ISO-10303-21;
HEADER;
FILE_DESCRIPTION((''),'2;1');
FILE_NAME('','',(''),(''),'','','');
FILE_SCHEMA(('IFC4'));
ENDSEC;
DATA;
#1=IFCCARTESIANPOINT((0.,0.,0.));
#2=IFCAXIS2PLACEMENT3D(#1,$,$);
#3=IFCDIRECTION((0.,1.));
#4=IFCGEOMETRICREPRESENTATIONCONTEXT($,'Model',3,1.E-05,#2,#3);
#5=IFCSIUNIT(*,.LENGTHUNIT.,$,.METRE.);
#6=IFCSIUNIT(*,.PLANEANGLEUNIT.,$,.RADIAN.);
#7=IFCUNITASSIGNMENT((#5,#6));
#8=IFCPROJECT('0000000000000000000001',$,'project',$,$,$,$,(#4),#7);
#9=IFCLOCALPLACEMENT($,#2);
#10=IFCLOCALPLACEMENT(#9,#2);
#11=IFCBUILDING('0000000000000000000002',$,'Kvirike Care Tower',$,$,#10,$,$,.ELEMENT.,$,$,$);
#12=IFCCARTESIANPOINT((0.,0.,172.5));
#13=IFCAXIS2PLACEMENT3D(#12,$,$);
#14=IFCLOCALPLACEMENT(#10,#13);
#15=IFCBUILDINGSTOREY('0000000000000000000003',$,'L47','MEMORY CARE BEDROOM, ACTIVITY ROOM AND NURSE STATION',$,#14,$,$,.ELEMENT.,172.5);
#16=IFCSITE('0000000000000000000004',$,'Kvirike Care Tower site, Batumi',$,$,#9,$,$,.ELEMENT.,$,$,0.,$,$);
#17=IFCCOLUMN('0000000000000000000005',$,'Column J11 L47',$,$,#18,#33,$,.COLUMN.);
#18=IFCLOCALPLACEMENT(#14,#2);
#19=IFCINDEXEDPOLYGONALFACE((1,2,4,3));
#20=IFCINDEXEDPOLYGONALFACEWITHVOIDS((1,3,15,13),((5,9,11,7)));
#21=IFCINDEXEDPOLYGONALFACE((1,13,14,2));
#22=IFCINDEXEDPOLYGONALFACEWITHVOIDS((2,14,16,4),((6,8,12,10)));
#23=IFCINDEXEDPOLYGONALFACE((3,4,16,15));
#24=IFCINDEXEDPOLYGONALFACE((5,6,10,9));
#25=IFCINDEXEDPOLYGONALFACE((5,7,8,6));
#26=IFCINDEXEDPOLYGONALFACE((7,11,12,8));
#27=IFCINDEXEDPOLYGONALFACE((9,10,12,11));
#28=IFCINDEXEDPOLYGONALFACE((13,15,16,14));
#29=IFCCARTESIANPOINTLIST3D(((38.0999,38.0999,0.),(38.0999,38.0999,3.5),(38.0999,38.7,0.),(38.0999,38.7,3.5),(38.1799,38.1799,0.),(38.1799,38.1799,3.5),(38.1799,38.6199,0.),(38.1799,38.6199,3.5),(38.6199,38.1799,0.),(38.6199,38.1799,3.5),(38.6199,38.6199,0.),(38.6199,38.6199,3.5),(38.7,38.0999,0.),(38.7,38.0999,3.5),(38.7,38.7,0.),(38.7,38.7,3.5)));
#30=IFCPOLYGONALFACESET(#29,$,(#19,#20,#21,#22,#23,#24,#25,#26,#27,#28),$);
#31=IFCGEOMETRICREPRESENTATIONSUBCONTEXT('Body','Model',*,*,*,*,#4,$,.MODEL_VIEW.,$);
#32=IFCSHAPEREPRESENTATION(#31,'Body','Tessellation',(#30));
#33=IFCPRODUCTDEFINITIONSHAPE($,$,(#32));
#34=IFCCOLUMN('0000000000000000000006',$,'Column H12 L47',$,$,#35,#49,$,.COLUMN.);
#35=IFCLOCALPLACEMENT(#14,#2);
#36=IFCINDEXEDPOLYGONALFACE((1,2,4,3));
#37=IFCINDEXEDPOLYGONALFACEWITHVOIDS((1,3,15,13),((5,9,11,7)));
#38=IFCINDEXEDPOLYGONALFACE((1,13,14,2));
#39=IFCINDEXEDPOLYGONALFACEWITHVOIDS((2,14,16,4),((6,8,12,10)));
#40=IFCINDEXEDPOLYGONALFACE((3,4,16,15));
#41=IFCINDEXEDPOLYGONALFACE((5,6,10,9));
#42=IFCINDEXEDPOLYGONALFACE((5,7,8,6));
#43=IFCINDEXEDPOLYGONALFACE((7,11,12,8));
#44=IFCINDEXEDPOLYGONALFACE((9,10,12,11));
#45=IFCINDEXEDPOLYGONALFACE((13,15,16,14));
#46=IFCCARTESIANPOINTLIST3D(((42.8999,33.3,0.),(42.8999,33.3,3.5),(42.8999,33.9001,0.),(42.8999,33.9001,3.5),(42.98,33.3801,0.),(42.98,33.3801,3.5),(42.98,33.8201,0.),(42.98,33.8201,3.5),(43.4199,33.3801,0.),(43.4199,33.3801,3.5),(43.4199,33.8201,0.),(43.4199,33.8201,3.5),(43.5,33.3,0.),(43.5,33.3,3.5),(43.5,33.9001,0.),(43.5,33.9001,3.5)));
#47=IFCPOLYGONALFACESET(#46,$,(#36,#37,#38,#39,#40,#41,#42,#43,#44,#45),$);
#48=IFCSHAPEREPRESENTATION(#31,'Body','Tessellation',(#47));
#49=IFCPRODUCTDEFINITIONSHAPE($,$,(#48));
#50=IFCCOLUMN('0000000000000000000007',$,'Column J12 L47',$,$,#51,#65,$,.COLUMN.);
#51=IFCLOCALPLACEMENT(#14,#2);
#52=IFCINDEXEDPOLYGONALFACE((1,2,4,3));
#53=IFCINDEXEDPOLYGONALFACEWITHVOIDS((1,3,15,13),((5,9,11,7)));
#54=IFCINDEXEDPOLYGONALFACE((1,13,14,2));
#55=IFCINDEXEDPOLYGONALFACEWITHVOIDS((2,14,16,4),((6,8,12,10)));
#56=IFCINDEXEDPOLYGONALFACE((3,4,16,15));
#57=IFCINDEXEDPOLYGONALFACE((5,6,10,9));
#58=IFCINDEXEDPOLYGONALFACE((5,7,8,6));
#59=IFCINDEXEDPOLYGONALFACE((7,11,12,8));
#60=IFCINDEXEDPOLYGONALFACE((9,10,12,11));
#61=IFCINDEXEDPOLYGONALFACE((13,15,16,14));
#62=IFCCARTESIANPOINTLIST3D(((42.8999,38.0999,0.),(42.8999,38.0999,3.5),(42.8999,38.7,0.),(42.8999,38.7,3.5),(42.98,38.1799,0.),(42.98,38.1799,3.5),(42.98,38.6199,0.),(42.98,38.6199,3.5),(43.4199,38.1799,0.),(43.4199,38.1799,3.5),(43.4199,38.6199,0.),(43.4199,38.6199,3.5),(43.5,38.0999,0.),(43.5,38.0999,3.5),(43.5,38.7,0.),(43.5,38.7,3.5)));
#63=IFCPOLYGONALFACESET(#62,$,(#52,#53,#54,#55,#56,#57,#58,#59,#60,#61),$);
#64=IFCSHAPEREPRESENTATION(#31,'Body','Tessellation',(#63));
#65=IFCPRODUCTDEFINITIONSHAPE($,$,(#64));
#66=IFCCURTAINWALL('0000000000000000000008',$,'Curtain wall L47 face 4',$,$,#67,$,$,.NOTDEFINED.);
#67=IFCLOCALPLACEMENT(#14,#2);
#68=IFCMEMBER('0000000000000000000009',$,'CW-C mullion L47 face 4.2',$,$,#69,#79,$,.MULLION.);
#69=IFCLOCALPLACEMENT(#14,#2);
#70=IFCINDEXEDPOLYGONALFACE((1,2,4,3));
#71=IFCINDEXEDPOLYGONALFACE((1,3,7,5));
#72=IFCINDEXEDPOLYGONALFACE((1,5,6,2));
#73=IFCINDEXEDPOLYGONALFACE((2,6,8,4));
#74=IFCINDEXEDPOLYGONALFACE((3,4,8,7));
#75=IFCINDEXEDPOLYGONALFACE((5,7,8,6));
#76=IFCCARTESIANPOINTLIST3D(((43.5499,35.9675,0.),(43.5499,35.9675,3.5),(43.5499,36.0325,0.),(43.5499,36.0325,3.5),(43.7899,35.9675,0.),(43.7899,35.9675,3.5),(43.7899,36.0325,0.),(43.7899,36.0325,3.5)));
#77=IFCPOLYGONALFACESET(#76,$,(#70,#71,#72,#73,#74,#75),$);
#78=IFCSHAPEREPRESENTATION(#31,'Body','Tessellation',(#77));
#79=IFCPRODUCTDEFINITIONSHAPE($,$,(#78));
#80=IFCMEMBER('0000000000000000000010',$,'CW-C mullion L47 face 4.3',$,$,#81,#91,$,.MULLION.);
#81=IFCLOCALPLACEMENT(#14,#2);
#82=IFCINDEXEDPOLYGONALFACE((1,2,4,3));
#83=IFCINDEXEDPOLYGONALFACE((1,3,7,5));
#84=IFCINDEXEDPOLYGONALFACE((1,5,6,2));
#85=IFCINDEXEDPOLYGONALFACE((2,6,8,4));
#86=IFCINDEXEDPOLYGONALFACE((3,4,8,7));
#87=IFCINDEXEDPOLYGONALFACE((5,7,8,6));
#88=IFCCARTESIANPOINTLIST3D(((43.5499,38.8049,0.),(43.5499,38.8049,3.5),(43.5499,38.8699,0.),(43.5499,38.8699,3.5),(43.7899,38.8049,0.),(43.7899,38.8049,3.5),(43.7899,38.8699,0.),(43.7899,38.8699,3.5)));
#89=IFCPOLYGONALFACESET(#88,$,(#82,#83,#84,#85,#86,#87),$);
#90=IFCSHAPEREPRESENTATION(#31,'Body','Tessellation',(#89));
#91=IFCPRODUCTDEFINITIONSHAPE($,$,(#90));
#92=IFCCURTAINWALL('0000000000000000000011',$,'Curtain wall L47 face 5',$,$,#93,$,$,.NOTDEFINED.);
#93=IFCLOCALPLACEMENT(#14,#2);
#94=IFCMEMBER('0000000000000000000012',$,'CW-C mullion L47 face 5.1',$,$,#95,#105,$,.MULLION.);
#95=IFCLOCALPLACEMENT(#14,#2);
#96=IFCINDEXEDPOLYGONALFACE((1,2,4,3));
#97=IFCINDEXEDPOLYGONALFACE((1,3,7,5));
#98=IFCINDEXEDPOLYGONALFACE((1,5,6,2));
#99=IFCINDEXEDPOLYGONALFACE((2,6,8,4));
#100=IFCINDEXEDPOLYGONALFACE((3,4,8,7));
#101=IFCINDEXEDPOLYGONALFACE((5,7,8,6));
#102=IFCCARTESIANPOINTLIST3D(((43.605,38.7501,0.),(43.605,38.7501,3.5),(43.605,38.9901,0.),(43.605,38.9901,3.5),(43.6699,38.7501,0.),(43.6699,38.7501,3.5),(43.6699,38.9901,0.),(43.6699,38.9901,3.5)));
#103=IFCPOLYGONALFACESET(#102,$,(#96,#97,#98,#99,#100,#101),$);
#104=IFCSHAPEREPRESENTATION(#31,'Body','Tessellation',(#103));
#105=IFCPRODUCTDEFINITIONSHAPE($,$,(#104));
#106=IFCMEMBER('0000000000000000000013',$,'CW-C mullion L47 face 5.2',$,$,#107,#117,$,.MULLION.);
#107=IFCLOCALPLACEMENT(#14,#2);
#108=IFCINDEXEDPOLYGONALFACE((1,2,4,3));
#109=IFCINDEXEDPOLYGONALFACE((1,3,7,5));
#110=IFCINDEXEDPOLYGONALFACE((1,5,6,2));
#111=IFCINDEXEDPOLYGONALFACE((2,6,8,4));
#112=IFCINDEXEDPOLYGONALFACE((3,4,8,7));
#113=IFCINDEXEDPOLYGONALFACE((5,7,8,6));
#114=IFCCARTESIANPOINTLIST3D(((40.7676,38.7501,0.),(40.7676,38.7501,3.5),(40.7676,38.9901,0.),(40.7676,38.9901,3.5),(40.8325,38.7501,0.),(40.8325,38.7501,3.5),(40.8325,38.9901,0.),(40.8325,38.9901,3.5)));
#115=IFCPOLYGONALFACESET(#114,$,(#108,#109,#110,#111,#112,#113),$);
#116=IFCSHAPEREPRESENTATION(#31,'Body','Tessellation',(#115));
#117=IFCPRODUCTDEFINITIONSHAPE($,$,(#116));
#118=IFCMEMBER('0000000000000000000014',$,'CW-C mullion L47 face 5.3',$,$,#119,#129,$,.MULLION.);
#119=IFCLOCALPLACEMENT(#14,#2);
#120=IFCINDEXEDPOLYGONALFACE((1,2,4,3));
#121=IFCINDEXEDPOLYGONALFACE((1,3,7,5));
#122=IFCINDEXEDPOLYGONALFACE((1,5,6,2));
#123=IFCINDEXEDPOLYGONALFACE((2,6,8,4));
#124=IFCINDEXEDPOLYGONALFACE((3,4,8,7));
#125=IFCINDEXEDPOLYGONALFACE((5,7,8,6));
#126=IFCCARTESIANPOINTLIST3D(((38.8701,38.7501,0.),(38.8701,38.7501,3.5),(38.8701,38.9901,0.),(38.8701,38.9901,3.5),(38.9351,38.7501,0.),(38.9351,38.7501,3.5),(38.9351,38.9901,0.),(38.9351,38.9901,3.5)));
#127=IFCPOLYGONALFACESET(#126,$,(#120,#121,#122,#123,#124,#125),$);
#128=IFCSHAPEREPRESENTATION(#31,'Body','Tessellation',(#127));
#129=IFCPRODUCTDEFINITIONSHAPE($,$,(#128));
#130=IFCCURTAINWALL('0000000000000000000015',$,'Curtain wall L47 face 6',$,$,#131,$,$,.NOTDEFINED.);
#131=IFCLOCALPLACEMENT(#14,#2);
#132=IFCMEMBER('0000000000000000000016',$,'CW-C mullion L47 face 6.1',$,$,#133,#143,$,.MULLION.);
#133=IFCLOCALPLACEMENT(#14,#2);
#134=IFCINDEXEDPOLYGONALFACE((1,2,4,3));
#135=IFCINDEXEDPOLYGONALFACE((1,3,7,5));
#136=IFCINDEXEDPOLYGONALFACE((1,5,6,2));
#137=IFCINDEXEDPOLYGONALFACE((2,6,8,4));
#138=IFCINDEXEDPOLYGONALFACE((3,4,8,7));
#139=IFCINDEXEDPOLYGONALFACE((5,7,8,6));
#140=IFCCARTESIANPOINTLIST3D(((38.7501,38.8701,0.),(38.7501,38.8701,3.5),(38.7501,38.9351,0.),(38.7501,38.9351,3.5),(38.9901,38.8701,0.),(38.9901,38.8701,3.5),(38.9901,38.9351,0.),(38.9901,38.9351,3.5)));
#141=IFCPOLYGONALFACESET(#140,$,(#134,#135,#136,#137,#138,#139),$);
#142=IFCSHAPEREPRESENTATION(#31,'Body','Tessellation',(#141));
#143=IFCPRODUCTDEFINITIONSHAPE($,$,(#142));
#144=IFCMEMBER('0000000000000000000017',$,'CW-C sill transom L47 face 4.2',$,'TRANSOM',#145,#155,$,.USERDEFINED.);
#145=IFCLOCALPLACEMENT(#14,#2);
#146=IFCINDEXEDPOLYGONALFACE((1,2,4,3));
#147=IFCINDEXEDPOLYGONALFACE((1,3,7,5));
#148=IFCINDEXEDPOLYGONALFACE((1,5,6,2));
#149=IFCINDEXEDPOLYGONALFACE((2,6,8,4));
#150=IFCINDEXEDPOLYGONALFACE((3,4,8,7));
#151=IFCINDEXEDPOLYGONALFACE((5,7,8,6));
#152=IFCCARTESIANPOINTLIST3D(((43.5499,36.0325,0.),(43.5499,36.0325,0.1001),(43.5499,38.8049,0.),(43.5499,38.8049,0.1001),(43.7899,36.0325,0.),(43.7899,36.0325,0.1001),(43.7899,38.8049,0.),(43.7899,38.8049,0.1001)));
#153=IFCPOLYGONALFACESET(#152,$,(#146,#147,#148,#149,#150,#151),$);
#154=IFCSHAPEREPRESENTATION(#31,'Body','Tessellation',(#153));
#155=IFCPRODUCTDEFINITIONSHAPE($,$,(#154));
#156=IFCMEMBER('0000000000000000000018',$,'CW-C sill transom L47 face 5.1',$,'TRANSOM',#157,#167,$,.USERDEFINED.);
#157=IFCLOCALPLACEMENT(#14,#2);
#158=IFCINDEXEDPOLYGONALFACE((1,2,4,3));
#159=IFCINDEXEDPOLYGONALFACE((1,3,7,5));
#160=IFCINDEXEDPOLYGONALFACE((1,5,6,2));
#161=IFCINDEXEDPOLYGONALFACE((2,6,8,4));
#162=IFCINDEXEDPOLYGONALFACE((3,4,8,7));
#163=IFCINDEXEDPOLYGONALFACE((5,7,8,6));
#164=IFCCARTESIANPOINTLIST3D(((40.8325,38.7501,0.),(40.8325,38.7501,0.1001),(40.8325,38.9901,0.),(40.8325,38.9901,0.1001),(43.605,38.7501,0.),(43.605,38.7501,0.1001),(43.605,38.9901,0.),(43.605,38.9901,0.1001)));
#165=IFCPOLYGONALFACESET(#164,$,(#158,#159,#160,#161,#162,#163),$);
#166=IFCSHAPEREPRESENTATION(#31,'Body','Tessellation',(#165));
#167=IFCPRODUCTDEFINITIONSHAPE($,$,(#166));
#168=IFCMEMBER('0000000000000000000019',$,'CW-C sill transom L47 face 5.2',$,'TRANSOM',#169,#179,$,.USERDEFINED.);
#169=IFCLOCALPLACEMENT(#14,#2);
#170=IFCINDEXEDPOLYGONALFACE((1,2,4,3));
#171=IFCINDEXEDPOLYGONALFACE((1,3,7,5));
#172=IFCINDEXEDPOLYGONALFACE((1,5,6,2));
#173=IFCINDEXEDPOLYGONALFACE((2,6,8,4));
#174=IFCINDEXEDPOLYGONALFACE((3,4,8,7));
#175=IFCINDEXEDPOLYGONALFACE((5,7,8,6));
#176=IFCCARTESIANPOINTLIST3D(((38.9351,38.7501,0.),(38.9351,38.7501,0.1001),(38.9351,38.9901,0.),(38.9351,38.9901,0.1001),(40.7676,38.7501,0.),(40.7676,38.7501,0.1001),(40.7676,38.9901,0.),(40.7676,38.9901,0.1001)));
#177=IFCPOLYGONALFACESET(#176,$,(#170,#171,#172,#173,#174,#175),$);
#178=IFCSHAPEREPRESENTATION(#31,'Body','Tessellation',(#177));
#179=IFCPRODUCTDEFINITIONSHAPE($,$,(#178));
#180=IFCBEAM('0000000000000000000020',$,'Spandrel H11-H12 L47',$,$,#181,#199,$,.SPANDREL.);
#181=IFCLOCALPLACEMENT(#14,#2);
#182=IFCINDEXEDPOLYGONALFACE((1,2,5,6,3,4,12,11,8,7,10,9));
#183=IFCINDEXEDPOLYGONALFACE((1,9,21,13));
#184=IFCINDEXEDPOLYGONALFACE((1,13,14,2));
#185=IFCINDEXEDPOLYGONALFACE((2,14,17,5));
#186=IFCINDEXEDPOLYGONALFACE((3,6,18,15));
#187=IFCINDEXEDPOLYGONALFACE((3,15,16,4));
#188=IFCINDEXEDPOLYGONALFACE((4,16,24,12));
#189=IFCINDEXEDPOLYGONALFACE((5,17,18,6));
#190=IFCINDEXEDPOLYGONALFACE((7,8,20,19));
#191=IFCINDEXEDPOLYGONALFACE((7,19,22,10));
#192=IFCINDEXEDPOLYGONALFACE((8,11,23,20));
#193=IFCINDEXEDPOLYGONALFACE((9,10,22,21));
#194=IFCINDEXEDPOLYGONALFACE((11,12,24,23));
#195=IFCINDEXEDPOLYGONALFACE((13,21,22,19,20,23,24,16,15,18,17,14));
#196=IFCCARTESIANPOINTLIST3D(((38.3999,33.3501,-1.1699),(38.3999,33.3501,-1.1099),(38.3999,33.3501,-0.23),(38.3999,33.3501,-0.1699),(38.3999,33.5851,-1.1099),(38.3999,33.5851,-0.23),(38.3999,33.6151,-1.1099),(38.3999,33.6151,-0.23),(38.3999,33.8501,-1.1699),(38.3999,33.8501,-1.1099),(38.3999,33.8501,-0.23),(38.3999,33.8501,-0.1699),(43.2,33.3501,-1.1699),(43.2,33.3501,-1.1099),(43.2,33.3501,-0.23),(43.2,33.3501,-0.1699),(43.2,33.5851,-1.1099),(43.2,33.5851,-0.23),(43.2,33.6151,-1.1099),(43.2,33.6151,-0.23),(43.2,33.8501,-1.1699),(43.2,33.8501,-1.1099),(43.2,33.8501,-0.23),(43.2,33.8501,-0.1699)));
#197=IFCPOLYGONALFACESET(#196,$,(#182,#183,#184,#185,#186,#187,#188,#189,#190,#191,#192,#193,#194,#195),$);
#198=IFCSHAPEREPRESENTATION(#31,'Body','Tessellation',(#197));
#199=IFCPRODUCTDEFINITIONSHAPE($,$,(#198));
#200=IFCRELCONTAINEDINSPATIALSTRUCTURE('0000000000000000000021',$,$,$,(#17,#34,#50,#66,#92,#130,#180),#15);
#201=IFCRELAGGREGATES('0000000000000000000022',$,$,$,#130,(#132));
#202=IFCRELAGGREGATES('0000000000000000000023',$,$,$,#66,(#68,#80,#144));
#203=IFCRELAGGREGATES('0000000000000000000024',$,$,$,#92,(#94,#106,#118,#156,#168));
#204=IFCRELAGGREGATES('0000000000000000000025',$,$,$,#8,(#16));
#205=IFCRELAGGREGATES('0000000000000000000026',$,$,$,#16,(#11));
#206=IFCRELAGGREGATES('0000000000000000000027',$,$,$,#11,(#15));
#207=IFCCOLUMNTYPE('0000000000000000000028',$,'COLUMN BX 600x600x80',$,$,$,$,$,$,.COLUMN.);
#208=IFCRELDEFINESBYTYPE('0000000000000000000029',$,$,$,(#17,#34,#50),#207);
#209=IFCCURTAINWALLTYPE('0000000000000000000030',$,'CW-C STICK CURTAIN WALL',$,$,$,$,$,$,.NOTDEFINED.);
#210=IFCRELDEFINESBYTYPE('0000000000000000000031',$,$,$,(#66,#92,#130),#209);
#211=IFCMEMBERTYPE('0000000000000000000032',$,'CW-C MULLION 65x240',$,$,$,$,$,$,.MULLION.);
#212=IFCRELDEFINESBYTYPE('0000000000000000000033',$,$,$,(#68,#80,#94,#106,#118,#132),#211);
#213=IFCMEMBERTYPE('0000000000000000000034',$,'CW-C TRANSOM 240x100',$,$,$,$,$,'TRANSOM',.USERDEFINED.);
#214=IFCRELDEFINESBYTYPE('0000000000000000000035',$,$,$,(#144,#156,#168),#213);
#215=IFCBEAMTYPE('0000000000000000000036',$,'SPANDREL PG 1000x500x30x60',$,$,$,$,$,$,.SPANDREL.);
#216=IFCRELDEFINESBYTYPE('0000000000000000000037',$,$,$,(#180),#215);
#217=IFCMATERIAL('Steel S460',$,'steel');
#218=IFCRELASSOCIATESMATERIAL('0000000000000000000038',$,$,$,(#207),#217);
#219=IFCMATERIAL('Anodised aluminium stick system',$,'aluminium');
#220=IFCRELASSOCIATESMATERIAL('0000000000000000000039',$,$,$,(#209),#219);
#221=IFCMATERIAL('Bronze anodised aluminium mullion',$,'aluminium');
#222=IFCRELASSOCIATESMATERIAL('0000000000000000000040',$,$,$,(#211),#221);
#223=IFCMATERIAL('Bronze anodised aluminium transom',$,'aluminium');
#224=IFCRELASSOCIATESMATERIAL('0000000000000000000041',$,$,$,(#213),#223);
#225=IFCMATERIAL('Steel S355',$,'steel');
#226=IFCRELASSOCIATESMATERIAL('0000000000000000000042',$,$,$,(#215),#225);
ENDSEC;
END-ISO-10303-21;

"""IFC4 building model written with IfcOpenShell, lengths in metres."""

from ifc_helpers import new_model, si_unit, direction, frame, origin, origin_2d, place, context, subcontext, project, spatial, rectangle, hollow_rectangle, i_section, extrude, material, material_profile, profile_set, type_object, element, aggregate, save


model = new_model("IFC4")

# Units and contexts
model_context = context("Model", 3, precision=1e-05, world=origin(), true_north=direction((0.0, 1.0)))
body_context = subcontext(model_context, "Body", "Model", "MODEL_VIEW")
ifc_project = project(units=[si_unit("LENGTHUNIT", "METRE"), si_unit("PLANEANGLEUNIT", "RADIAN")], contexts=[model_context])

# Site, building, storey
site_placement = place(None, origin())
site = spatial("IfcSite", under=ifc_project, at=site_placement, Name="Kvirike Care Tower site, Batumi", CompositionType="ELEMENT", RefElevation=0.0)
building_placement = place(site_placement, origin())
building = spatial("IfcBuilding", under=site, at=building_placement, Name="Kvirike Care Tower", CompositionType="ELEMENT")
storey_placement = place(building_placement, frame((0.0, 0.0, 172.5)))
storey = spatial("IfcBuildingStorey", under=building, at=storey_placement, Name="L47", Description="MEMORY CARE BEDROOM, ACTIVITY ROOM AND NURSE STATION", CompositionType="ELEMENT", Elevation=172.5)

# Columns
ifc_material_1 = material(Name="Steel S460", Category="steel")
ifc_material_profile_1 = material_profile(ifc_material_1, hollow_rectangle(XDim=0.6001, YDim=0.6001, WallThickness=0.0801, at=origin_2d()), Name="BX 600x600x80")
ifc_profile_set_1 = profile_set([ifc_material_profile_1], Name="Steel S460")
column_type = type_object("IfcColumnType", Name="COLUMN BX 600x600x80", PredefinedType="COLUMN", material=ifc_profile_set_1)
for number, where, z_axis, x_axis, name in (
    (1, (38.3999, 38.3999, 0.0), (0.0, 0.0, 1.0), (0.0, 1.0, 0.0), "Column J11 L47"),
    (2, (43.2, 33.6001, 0.0), (0.0, 0.0, 1.0), (0.0, 1.0, 0.0), "Column H12 L47"),
    (3, (43.2, 38.3999, 0.0), (0.0, 0.0, 1.0), (0.0, 1.0, 0.0), "Column J12 L47"),
):
    element("IfcColumn", number, at=place(storey_placement, frame(where, z_axis=z_axis, x_axis=x_axis)), inside=storey, type_object=column_type, Name=name, PredefinedType="COLUMN", context=body_context, shape_type="SweptSolid", body=[
        extrude(hollow_rectangle(XDim=0.6001, YDim=0.6001, WallThickness=0.0801, at=origin_2d()), origin(), (0.0, 0.0, 1.0), 3.5),
    ])

# Curtain walls, members
ifc_material_2 = material(Name="Anodised aluminium stick system", Category="aluminium")
curtain_wall_type = type_object("IfcCurtainWallType", Name="CW-C STICK CURTAIN WALL", PredefinedType="NOTDEFINED", material=ifc_material_2)
curtain_wall_1_placement = place(storey_placement, origin())
curtain_wall_1 = element("IfcCurtainWall", 4, at=curtain_wall_1_placement, inside=storey, type_object=curtain_wall_type, Name="Curtain wall L47 face 4", PredefinedType="NOTDEFINED")
ifc_material_3 = material(Name="Bronze anodised aluminium mullion", Category="aluminium")
ifc_material_profile_2 = material_profile(ifc_material_3, rectangle(XDim=0.0649, YDim=0.24, at=origin_2d()), Name="CW-C MULLION 65x240")
ifc_profile_set_2 = profile_set([ifc_material_profile_2], Name="Bronze anodised aluminium mullion")
member_type_1 = type_object("IfcMemberType", Name="CW-C MULLION 65x240", PredefinedType="MULLION", material=ifc_profile_set_2)
member_1_placement = place(storey_placement, frame((43.6699, 36.0, 0.0), z_axis=(0.0, 0.0, 1.0), x_axis=(0.0, 1.0, 0.0)))
member_1 = element("IfcMember", 5, at=member_1_placement, type_object=member_type_1, Name="CW-C mullion L47 face 4.2", PredefinedType="MULLION", context=body_context, shape_type="SweptSolid", body=[
    extrude(rectangle(XDim=0.0649, YDim=0.24, at=origin_2d()), origin(), (0.0, 0.0, 1.0), 3.5),
])
member_2_placement = place(storey_placement, frame((43.6699, 38.8374, 0.0), z_axis=(0.0, 0.0, 1.0), x_axis=(0.0, 1.0, 0.0)))
member_2 = element("IfcMember", 6, at=member_2_placement, type_object=member_type_1, Name="CW-C mullion L47 face 4.3", PredefinedType="MULLION", context=body_context, shape_type="SweptSolid", body=[
    extrude(rectangle(XDim=0.0649, YDim=0.24, at=origin_2d()), origin(), (0.0, 0.0, 1.0), 3.5),
])
curtain_wall_2_placement = place(storey_placement, origin())
curtain_wall_2 = element("IfcCurtainWall", 7, at=curtain_wall_2_placement, inside=storey, type_object=curtain_wall_type, Name="Curtain wall L47 face 5", PredefinedType="NOTDEFINED")
member_3_placement = place(storey_placement, frame((43.6375, 38.8701, 0.0), z_axis=(0.0, 0.0, 1.0), x_axis=(-1.0, 0.0, 0.0)))
member_3 = element("IfcMember", 8, at=member_3_placement, type_object=member_type_1, Name="CW-C mullion L47 face 5.1", PredefinedType="MULLION", context=body_context, shape_type="SweptSolid", body=[
    extrude(rectangle(XDim=0.0649, YDim=0.24, at=origin_2d()), origin(), (0.0, 0.0, 1.0), 3.5),
])
member_4_placement = place(storey_placement, frame((40.8, 38.8701, 0.0), z_axis=(0.0, 0.0, 1.0), x_axis=(-1.0, 0.0, 0.0)))
member_4 = element("IfcMember", 9, at=member_4_placement, type_object=member_type_1, Name="CW-C mullion L47 face 5.2", PredefinedType="MULLION", context=body_context, shape_type="SweptSolid", body=[
    extrude(rectangle(XDim=0.0649, YDim=0.24, at=origin_2d()), origin(), (0.0, 0.0, 1.0), 3.5),
])
member_5_placement = place(storey_placement, frame((38.9026, 38.8701, 0.0), z_axis=(0.0, 0.0, 1.0), x_axis=(-1.0, 0.0, 0.0)))
member_5 = element("IfcMember", 10, at=member_5_placement, type_object=member_type_1, Name="CW-C mullion L47 face 5.3", PredefinedType="MULLION", context=body_context, shape_type="SweptSolid", body=[
    extrude(rectangle(XDim=0.0649, YDim=0.24, at=origin_2d()), origin(), (0.0, 0.0, 1.0), 3.5),
])

# Curtain wall, member
curtain_wall_3_placement = place(storey_placement, origin())
curtain_wall_3 = element("IfcCurtainWall", 11, at=curtain_wall_3_placement, inside=storey, type_object=curtain_wall_type, Name="Curtain wall L47 face 6", PredefinedType="NOTDEFINED")
member_6_placement = place(storey_placement, frame((38.8701, 38.9026, 0.0), z_axis=(0.0, 0.0, 1.0), x_axis=(0.0, 1.0, 0.0)))
member_6 = element("IfcMember", 12, at=member_6_placement, type_object=member_type_1, Name="CW-C mullion L47 face 6.1", PredefinedType="MULLION", context=body_context, shape_type="SweptSolid", body=[
    extrude(rectangle(XDim=0.0649, YDim=0.24, at=origin_2d()), origin(), (0.0, 0.0, 1.0), 3.5),
])
aggregate(curtain_wall_3, [member_6])

# Members
ifc_material_4 = material(Name="Bronze anodised aluminium transom", Category="aluminium")
ifc_material_profile_3 = material_profile(ifc_material_4, rectangle(XDim=0.24, YDim=0.1001, at=origin_2d()), Name="CW-C TRANSOM 240x100")
ifc_profile_set_3 = profile_set([ifc_material_profile_3], Name="Bronze anodised aluminium transom")
member_type_2 = type_object("IfcMemberType", Name="CW-C TRANSOM 240x100", ElementType="TRANSOM", PredefinedType="USERDEFINED", material=ifc_profile_set_3)
member_7_placement = place(storey_placement, frame((43.6699, 36.0325, 0.05), z_axis=(0.0, 1.0, 0.0), x_axis=(-1.0, 0.0, 0.0)))
member_7 = element("IfcMember", 13, at=member_7_placement, type_object=member_type_2, Name="CW-C sill transom L47 face 4.2", ObjectType="TRANSOM", PredefinedType="USERDEFINED", context=body_context, shape_type="SweptSolid", body=[
    extrude(rectangle(XDim=0.24, YDim=0.1001, at=origin_2d()), origin(), (0.0, 0.0, 1.0), 2.7725),
])
member_8_placement = place(storey_placement, frame((43.605, 38.8701, 0.05), z_axis=(-1.0, 0.0, 0.0), x_axis=(0.0, -1.0, 0.0)))
member_8 = element("IfcMember", 14, at=member_8_placement, type_object=member_type_2, Name="CW-C sill transom L47 face 5.1", ObjectType="TRANSOM", PredefinedType="USERDEFINED", context=body_context, shape_type="SweptSolid", body=[
    extrude(rectangle(XDim=0.24, YDim=0.1001, at=origin_2d()), origin(), (0.0, 0.0, 1.0), 2.7725),
])
member_9_placement = place(storey_placement, frame((40.7676, 38.8701, 0.05), z_axis=(-1.0, 0.0, 0.0), x_axis=(0.0, -1.0, 0.0)))
member_9 = element("IfcMember", 15, at=member_9_placement, type_object=member_type_2, Name="CW-C sill transom L47 face 5.2", ObjectType="TRANSOM", PredefinedType="USERDEFINED", context=body_context, shape_type="SweptSolid", body=[
    extrude(rectangle(XDim=0.24, YDim=0.1001, at=origin_2d()), origin(), (0.0, 0.0, 1.0), 1.8325),
])

# Beam
ifc_material_5 = material(Name="Steel S355", Category="steel")
ifc_material_profile_4 = material_profile(ifc_material_5, i_section(OverallWidth=0.5, OverallDepth=1.0, WebThickness=0.03, FlangeThickness=0.0601, at=origin_2d()), Name="PG 1000x500x30x60")
ifc_profile_set_4 = profile_set([ifc_material_profile_4], Name="Steel S355")
beam_type = type_object("IfcBeamType", Name="SPANDREL PG 1000x500x30x60", PredefinedType="SPANDREL", material=ifc_profile_set_4)
for number, where, z_axis, x_axis, name in (
    (16, (38.3999, 33.6001, -0.6699), (1.0, 0.0, 0.0), (0.0, 1.0, 0.0), "Spandrel H11-H12 L47"),
):
    element("IfcBeam", number, at=place(storey_placement, frame(where, z_axis=z_axis, x_axis=x_axis)), inside=storey, type_object=beam_type, Name=name, PredefinedType="SPANDREL", context=body_context, shape_type="SweptSolid", body=[
        extrude(i_section(OverallWidth=0.5, OverallDepth=1.0, WebThickness=0.03, FlangeThickness=0.0601, at=origin_2d()), origin(), (0.0, 0.0, 1.0), 4.8),
    ])

aggregate(curtain_wall_1, [member_1, member_2, member_7])
aggregate(curtain_wall_2, [member_3, member_4, member_5, member_8, member_9])

save(model, "model.ifc")
